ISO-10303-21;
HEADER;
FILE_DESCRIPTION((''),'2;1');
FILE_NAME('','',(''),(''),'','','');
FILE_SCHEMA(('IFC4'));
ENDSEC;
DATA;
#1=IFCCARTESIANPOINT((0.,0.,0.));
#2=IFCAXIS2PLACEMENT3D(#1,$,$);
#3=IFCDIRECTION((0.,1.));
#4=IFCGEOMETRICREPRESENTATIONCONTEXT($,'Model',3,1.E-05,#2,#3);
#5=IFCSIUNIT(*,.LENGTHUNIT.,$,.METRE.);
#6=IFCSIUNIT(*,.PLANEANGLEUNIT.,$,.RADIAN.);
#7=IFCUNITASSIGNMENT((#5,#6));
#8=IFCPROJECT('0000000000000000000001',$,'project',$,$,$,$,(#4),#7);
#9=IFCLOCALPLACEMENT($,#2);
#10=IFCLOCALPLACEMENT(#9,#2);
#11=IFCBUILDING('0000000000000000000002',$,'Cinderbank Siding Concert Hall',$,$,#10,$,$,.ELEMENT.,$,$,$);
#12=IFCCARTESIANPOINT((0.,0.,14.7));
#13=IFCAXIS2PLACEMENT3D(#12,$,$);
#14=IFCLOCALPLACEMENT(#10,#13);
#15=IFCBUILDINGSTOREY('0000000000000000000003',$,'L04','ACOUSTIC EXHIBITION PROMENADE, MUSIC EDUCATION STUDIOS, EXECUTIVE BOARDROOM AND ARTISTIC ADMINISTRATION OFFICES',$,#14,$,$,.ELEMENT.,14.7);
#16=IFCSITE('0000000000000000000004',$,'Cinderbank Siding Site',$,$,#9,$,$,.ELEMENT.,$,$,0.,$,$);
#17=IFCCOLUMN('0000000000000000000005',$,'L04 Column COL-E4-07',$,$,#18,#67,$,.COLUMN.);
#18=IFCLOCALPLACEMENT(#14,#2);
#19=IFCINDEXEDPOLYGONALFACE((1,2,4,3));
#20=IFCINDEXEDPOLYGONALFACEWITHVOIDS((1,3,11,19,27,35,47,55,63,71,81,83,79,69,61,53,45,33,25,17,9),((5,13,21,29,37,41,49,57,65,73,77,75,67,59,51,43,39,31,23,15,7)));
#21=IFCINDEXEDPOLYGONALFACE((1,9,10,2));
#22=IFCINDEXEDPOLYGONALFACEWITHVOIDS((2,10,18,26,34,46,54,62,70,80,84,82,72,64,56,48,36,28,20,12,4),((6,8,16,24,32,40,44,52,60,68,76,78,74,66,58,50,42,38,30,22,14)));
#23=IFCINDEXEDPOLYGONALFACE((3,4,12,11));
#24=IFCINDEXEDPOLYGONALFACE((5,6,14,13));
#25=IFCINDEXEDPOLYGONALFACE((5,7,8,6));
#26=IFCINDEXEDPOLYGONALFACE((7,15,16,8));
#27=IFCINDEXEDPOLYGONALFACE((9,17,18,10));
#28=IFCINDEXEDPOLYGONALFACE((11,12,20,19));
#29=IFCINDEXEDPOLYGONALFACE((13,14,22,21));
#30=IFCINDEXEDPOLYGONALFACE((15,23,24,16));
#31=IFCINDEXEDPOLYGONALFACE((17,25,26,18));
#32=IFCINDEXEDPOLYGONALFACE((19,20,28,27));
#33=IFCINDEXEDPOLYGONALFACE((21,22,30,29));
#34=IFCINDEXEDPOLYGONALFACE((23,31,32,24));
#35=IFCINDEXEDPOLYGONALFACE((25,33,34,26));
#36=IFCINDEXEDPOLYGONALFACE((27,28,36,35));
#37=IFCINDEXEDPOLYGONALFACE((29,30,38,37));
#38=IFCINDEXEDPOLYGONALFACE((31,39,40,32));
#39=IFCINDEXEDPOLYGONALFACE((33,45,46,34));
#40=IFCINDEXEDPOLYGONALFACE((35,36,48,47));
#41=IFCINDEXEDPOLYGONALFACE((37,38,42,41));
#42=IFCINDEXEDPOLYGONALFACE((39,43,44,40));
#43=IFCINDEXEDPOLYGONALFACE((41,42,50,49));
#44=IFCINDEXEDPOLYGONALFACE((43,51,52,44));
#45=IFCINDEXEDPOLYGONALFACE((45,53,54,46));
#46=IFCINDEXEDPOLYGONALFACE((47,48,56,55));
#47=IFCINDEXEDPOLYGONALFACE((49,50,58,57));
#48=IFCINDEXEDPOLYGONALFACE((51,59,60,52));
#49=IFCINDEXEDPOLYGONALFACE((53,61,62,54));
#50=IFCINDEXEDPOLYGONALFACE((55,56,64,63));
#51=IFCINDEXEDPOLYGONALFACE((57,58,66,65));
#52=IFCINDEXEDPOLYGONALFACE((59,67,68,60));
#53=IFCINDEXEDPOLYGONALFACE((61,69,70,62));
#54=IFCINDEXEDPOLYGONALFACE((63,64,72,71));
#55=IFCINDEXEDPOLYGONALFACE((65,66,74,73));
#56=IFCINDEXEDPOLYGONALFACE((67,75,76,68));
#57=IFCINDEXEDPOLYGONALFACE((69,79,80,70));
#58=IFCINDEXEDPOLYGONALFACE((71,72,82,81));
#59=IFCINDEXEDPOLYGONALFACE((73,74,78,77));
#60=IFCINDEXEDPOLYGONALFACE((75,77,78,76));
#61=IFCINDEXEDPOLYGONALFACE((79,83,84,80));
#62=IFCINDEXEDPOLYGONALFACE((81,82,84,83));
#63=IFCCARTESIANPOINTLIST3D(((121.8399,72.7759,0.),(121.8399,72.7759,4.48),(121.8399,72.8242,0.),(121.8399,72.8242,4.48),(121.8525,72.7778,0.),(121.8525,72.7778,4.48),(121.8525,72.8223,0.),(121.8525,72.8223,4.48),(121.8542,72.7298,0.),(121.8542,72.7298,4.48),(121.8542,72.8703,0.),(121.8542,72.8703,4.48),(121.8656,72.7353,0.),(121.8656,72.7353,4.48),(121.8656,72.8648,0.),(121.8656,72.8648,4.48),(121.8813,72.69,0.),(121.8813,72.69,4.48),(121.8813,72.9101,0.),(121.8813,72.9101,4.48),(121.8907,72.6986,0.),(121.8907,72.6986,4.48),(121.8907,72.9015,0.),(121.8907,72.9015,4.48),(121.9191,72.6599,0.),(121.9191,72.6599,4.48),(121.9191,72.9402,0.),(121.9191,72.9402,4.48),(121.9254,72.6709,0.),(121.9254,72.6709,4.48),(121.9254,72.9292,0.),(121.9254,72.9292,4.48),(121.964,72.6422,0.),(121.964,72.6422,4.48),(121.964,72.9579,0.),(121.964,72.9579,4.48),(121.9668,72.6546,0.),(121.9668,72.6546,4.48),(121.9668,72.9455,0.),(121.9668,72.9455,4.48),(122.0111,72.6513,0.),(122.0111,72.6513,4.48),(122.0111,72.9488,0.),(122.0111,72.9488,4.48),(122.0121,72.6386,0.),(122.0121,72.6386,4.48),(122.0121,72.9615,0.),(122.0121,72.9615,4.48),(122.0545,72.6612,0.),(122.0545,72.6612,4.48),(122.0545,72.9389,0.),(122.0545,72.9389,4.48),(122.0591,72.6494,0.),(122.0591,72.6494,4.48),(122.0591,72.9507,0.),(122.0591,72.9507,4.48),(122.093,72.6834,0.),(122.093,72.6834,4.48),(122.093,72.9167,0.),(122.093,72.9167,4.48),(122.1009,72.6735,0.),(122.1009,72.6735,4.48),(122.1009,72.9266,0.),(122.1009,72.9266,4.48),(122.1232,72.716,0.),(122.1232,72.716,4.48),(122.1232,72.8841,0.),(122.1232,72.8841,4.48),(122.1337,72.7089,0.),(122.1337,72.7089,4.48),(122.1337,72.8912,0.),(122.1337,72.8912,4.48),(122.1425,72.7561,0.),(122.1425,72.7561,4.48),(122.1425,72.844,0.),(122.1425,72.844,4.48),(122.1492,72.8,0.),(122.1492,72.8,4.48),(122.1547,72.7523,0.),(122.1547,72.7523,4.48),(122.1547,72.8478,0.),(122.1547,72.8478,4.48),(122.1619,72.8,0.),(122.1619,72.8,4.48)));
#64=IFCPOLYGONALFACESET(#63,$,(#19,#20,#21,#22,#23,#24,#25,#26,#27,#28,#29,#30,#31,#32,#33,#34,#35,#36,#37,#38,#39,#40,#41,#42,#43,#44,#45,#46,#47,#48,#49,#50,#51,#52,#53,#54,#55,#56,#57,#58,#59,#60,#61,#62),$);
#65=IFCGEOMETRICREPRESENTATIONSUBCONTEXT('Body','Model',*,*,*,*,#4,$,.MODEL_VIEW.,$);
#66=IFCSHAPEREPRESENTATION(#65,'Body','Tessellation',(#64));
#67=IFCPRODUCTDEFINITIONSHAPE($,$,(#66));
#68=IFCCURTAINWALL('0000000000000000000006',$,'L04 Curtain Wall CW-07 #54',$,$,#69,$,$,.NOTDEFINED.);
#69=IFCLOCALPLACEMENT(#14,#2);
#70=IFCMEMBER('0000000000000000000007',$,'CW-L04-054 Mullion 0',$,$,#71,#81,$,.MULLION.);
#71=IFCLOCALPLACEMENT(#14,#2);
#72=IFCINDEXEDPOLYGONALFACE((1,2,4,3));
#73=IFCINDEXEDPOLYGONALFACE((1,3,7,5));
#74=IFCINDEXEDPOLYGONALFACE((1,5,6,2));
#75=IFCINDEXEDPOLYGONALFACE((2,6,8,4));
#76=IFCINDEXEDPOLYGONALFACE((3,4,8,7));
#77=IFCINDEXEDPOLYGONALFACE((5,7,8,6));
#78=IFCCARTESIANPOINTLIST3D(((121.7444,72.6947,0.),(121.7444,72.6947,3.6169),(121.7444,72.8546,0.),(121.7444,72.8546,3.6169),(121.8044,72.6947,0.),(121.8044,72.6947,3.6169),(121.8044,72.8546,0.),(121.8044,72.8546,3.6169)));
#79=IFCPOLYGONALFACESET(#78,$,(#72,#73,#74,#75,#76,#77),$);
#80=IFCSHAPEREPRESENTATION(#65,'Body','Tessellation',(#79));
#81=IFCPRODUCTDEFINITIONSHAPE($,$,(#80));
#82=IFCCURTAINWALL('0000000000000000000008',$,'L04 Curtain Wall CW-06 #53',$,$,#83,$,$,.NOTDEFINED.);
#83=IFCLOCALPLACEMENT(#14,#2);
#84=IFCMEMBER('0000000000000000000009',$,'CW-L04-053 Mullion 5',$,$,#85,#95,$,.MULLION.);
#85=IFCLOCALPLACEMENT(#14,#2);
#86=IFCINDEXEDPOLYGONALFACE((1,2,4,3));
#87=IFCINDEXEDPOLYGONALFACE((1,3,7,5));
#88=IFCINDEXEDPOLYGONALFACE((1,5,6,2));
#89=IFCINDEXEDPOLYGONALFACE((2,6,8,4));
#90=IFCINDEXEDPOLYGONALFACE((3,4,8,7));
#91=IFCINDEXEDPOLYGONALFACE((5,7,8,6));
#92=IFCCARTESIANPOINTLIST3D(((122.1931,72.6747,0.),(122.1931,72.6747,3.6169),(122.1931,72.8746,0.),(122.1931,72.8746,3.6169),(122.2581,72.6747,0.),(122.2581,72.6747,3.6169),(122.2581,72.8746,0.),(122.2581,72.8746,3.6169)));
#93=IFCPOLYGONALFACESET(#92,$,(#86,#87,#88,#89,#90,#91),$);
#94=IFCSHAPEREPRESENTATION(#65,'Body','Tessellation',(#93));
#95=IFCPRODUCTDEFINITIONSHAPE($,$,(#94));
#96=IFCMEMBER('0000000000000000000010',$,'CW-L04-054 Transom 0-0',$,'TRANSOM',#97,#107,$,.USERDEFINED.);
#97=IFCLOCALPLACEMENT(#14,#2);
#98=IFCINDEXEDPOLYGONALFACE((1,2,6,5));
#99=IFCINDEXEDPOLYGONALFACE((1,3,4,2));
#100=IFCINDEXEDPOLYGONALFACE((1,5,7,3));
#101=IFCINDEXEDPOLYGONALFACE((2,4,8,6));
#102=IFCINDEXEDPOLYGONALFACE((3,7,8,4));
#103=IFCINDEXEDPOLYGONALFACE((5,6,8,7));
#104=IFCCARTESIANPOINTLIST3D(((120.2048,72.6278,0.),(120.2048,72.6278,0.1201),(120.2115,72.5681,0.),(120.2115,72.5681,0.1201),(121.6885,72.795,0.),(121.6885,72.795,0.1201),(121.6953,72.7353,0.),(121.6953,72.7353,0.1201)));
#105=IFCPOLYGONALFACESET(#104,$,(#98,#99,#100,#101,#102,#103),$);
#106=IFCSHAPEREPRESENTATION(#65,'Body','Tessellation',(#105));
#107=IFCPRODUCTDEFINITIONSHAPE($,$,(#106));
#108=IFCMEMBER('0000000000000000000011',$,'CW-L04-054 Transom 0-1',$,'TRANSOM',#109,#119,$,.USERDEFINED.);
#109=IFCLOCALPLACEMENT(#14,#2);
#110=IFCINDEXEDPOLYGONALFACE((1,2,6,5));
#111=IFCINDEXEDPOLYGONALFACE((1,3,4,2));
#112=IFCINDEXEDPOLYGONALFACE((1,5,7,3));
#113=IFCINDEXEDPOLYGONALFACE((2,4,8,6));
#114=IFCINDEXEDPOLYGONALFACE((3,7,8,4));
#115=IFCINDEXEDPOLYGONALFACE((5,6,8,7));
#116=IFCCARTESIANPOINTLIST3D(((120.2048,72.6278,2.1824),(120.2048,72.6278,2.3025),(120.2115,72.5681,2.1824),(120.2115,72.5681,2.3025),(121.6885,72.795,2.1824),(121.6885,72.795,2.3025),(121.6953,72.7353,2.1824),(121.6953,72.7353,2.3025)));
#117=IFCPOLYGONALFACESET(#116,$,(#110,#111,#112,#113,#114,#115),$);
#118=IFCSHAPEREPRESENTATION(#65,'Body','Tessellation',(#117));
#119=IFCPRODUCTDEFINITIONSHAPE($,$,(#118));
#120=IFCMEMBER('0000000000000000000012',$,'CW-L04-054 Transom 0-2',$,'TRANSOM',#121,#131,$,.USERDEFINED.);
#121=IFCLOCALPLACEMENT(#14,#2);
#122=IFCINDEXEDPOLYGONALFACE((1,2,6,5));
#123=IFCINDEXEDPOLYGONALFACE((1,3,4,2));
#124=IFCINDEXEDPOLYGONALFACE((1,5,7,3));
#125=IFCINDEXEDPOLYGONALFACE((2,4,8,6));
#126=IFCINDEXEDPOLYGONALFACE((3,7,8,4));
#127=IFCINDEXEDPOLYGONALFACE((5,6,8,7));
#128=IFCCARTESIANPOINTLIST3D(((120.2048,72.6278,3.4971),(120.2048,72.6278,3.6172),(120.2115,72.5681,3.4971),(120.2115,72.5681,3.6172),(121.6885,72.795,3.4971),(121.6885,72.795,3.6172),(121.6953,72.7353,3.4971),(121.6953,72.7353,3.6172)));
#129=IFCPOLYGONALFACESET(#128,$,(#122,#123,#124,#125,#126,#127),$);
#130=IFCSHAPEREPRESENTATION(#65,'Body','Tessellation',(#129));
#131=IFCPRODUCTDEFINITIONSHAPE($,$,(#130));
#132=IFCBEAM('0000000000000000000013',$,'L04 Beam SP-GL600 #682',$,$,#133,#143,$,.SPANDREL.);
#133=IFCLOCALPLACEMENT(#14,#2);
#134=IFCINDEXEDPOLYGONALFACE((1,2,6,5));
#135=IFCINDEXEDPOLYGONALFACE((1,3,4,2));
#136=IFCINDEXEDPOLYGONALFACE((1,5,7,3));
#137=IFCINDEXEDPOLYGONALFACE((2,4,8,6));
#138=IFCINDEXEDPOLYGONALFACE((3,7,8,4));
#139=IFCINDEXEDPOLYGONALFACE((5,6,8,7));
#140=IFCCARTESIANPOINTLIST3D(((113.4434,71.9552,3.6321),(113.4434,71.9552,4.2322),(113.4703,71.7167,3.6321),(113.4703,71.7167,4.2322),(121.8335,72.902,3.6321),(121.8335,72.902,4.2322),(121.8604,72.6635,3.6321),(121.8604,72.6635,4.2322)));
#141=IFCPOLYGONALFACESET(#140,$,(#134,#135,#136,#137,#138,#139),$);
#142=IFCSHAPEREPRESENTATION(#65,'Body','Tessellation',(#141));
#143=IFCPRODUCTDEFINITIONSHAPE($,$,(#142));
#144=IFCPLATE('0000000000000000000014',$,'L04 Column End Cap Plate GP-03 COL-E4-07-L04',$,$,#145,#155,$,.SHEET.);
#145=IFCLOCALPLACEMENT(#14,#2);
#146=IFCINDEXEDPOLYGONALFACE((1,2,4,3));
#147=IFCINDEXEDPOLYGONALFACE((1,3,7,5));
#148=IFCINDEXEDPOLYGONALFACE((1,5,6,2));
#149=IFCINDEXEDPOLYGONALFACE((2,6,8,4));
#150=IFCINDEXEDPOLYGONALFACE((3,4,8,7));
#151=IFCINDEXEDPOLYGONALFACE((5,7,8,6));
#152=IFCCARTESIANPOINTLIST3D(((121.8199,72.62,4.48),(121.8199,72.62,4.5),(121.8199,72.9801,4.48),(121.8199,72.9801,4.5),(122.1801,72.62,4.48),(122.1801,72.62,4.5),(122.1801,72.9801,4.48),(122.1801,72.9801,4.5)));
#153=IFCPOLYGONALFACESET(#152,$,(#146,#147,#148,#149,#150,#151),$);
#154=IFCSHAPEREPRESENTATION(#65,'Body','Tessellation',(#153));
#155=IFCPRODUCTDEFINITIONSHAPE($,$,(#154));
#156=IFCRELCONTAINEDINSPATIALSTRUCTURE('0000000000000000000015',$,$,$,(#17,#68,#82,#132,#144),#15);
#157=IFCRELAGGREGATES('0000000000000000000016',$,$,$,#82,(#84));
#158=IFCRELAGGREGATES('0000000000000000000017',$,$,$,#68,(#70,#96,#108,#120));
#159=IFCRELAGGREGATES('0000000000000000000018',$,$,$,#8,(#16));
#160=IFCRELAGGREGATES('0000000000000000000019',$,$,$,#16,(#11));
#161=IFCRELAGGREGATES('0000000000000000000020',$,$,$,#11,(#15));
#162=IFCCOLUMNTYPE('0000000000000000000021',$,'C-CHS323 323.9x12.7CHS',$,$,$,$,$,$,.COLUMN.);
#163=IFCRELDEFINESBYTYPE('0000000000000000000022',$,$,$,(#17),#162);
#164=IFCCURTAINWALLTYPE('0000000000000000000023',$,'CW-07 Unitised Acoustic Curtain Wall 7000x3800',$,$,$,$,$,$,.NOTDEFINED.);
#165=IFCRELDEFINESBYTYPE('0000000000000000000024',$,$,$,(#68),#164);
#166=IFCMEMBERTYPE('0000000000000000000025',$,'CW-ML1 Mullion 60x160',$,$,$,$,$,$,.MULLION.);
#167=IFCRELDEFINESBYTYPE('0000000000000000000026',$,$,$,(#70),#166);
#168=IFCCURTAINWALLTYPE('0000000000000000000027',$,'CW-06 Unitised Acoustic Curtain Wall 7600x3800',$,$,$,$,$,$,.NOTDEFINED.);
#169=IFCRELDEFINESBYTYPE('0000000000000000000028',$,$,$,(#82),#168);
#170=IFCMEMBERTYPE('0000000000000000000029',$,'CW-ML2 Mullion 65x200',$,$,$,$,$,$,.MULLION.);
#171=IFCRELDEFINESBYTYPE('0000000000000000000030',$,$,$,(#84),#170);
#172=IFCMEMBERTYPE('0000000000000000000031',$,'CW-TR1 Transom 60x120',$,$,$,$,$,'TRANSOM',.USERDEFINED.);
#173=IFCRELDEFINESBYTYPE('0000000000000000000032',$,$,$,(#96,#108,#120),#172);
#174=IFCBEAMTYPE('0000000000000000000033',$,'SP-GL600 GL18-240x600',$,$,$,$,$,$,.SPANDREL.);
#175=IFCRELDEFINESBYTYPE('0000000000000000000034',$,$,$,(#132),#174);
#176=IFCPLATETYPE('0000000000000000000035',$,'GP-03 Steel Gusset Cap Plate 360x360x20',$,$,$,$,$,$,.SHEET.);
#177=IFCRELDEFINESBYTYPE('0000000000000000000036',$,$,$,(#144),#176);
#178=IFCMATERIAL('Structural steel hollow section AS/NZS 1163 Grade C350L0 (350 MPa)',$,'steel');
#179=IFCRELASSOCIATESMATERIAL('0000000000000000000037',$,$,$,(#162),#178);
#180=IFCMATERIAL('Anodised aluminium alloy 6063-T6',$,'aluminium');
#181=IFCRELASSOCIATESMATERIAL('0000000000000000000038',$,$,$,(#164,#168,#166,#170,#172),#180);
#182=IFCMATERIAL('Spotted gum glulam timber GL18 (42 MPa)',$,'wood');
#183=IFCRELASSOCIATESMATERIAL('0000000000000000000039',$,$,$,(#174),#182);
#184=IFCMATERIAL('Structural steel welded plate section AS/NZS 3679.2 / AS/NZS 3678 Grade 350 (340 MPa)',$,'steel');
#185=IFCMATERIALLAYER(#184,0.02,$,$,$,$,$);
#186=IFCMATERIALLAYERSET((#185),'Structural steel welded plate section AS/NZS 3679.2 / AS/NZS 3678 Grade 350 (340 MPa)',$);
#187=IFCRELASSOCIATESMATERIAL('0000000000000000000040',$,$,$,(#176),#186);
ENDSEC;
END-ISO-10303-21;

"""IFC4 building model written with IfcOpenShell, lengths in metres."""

from ifc_helpers import new_model, si_unit, direction, frame, origin, origin_2d, place, context, subcontext, project, spatial, rectangle, hollow_circle, extrude, material, layer, layer_set, material_profile, profile_set, type_object, element, aggregate, save


model = new_model("IFC4")

# Units and contexts
model_context = context("Model", 3, precision=1e-05, world=origin(), true_north=direction((0.0, 1.0)))
body_context = subcontext(model_context, "Body", "Model", "MODEL_VIEW")
ifc_project = project(units=[si_unit("LENGTHUNIT", "METRE"), si_unit("PLANEANGLEUNIT", "RADIAN")], contexts=[model_context])

# Site, building, storey
site_placement = place(None, origin())
site = spatial("IfcSite", under=ifc_project, at=site_placement, Name="Cinderbank Siding Site", CompositionType="ELEMENT", RefElevation=0.0)
building_placement = place(site_placement, origin())
building = spatial("IfcBuilding", under=site, at=building_placement, Name="Cinderbank Siding Concert Hall", CompositionType="ELEMENT")
storey_placement = place(building_placement, frame((0.0, 0.0, 14.7)))
storey = spatial("IfcBuildingStorey", under=building, at=storey_placement, Name="L04", Description="ACOUSTIC EXHIBITION PROMENADE, MUSIC EDUCATION STUDIOS, EXECUTIVE BOARDROOM AND ARTISTIC ADMINISTRATION OFFICES", CompositionType="ELEMENT", Elevation=14.7)

# Column
ifc_material_1 = material(Name="Structural steel hollow section AS/NZS 1163 Grade C350L0 (350 MPa)", Category="steel")
ifc_material_profile_1 = material_profile(ifc_material_1, hollow_circle(Radius=0.1619, WallThickness=0.0127, at=origin_2d()), Name="323.9x12.7CHS", Category="LoadBearing")
ifc_profile_set_1 = profile_set([ifc_material_profile_1], Name="Structural steel hollow section AS/NZS 1163 Grade C350L0 (350 MPa)")
column_type = type_object("IfcColumnType", Name="C-CHS323 323.9x12.7CHS", PredefinedType="COLUMN", material=ifc_profile_set_1)
column_placement = place(storey_placement, frame((122.0, 72.8, 0.0), z_axis=(0.0, 0.0, 1.0), x_axis=(1.0, 0.0, 0.0)))
element("IfcColumn", 1, at=column_placement, inside=storey, type_object=column_type, Name="L04 Column COL-E4-07", PredefinedType="COLUMN", context=body_context, shape_type="SweptSolid", body=[
    extrude(hollow_circle(Radius=0.1619, WallThickness=0.0127, at=origin_2d()), origin(), (0.0, 0.0, 1.0), 4.48),
])

# Curtain walls, members
ifc_material_2 = material(Name="Anodised aluminium alloy 6063-T6", Category="aluminium")
curtain_wall_type_1 = type_object("IfcCurtainWallType", Name="CW-07 Unitised Acoustic Curtain Wall 7000x3800", PredefinedType="NOTDEFINED", material=ifc_material_2)
curtain_wall_1_placement = place(storey_placement, origin())
curtain_wall_1 = element("IfcCurtainWall", 2, at=curtain_wall_1_placement, inside=storey, type_object=curtain_wall_type_1, Name="L04 Curtain Wall CW-07 #54", PredefinedType="NOTDEFINED")
ifc_material_profile_2 = material_profile(ifc_material_2, rectangle(XDim=0.0601, YDim=0.1599, at=origin_2d()), Name="ALU-MULL-60x160", Category="LoadBearing")
ifc_profile_set_2 = profile_set([ifc_material_profile_2], Name="Anodised aluminium alloy 6063-T6")
member_type_1 = type_object("IfcMemberType", Name="CW-ML1 Mullion 60x160", PredefinedType="MULLION", material=ifc_profile_set_2)
member_1_placement = place(storey_placement, frame((121.7744, 72.7747, 0.0), z_axis=(0.0, 0.0, 1.0), x_axis=(1.0, 0.0, 0.0)))
member_1 = element("IfcMember", 3, at=member_1_placement, type_object=member_type_1, Name="CW-L04-054 Mullion 0", PredefinedType="MULLION", context=body_context, shape_type="SweptSolid", body=[
    extrude(rectangle(XDim=0.0601, YDim=0.1599, at=origin_2d()), origin(), (0.0, 0.0, 1.0), 3.6169),
])
curtain_wall_type_2 = type_object("IfcCurtainWallType", Name="CW-06 Unitised Acoustic Curtain Wall 7600x3800", PredefinedType="NOTDEFINED", material=ifc_material_2)
curtain_wall_2_placement = place(storey_placement, origin())
curtain_wall_2 = element("IfcCurtainWall", 4, at=curtain_wall_2_placement, inside=storey, type_object=curtain_wall_type_2, Name="L04 Curtain Wall CW-06 #53", PredefinedType="NOTDEFINED")
ifc_material_profile_3 = material_profile(ifc_material_2, rectangle(XDim=0.0649, YDim=0.2, at=origin_2d()), Name="ALU-MULL-65x200", Category="LoadBearing")
ifc_profile_set_3 = profile_set([ifc_material_profile_3], Name="Anodised aluminium alloy 6063-T6")
member_type_2 = type_object("IfcMemberType", Name="CW-ML2 Mullion 65x200", PredefinedType="MULLION", material=ifc_profile_set_3)
member_2_placement = place(storey_placement, frame((122.2256, 72.7747, 0.0), z_axis=(0.0, 0.0, 1.0), x_axis=(1.0, 0.0, 0.0)))
member_2 = element("IfcMember", 5, at=member_2_placement, type_object=member_type_2, Name="CW-L04-053 Mullion 5", PredefinedType="MULLION", context=body_context, shape_type="SweptSolid", body=[
    extrude(rectangle(XDim=0.0649, YDim=0.2, at=origin_2d()), origin(), (0.0, 0.0, 1.0), 3.6169),
])
aggregate(curtain_wall_2, [member_2])

# Members
ifc_material_profile_4 = material_profile(ifc_material_2, rectangle(XDim=0.0601, YDim=0.1201, at=origin_2d()), Name="ALU-TRAN-60x120", Category="LoadBearing")
ifc_profile_set_4 = profile_set([ifc_material_profile_4], Name="Anodised aluminium alloy 6063-T6")
member_type_3 = type_object("IfcMemberType", Name="CW-TR1 Transom 60x120", ElementType="TRANSOM", PredefinedType="USERDEFINED", material=ifc_profile_set_4)
member_3_placement = place(storey_placement, frame((121.6919, 72.7651, 0.0601), z_axis=(-0.993709, -0.111993, 0.0), x_axis=(0.111993, -0.993709, 0.0)))
member_3 = element("IfcMember", 6, at=member_3_placement, type_object=member_type_3, Name="CW-L04-054 Transom 0-0", ObjectType="TRANSOM", PredefinedType="USERDEFINED", context=body_context, shape_type="SweptSolid", body=[
    extrude(rectangle(XDim=0.0601, YDim=0.1201, at=origin_2d()), origin(), (0.0, 0.0, 1.0), 1.4932),
])
member_4_placement = place(storey_placement, frame((121.6919, 72.7651, 2.2424), z_axis=(-0.993709, -0.111993, 0.0), x_axis=(0.111993, -0.993709, 0.0)))
member_4 = element("IfcMember", 7, at=member_4_placement, type_object=member_type_3, Name="CW-L04-054 Transom 0-1", ObjectType="TRANSOM", PredefinedType="USERDEFINED", context=body_context, shape_type="SweptSolid", body=[
    extrude(rectangle(XDim=0.0601, YDim=0.1201, at=origin_2d()), origin(), (0.0, 0.0, 1.0), 1.4932),
])
member_5_placement = place(storey_placement, frame((121.6919, 72.7651, 3.5571), z_axis=(-0.993709, -0.111993, 0.0), x_axis=(0.111993, -0.993709, 0.0)))
member_5 = element("IfcMember", 8, at=member_5_placement, type_object=member_type_3, Name="CW-L04-054 Transom 0-2", ObjectType="TRANSOM", PredefinedType="USERDEFINED", context=body_context, shape_type="SweptSolid", body=[
    extrude(rectangle(XDim=0.0601, YDim=0.1201, at=origin_2d()), origin(), (0.0, 0.0, 1.0), 1.4932),
])
aggregate(curtain_wall_1, [member_1, member_3, member_4, member_5])

# Beam
ifc_material_3 = material(Name="Spotted gum glulam timber GL18 (42 MPa)", Category="wood")
ifc_material_profile_5 = material_profile(ifc_material_3, rectangle(XDim=0.24, YDim=0.6001, at=origin_2d()), Name="GL18-240x600", Category="LoadBearing")
ifc_profile_set_5 = profile_set([ifc_material_profile_5], Name="Spotted gum glulam timber GL18 (42 MPa)")
beam_type = type_object("IfcBeamType", Name="SP-GL600 GL18-240x600", PredefinedType="SPANDREL", material=ifc_profile_set_5)
beam_placement = place(storey_placement, frame((121.8469, 72.7827, 3.9321), z_axis=(-0.993693, -0.112132, 0.0), x_axis=(0.112132, -0.993693, 0.0)))
element("IfcBeam", 9, at=beam_placement, inside=storey, type_object=beam_type, Name="L04 Beam SP-GL600 #682", PredefinedType="SPANDREL", context=body_context, shape_type="SweptSolid", body=[
    extrude(rectangle(XDim=0.24, YDim=0.6001, at=origin_2d()), origin(), (0.0, 0.0, 1.0), 8.4434),
])

# Plate
ifc_material_4 = material(Name="Structural steel welded plate section AS/NZS 3679.2 / AS/NZS 3678 Grade 350 (340 MPa)", Category="steel")
ifc_layer_1 = layer(ifc_material_4, 0.02)
ifc_layer_set_1 = layer_set([ifc_layer_1], Name="Structural steel welded plate section AS/NZS 3679.2 / AS/NZS 3678 Grade 350 (340 MPa)")
plate_type = type_object("IfcPlateType", Name="GP-03 Steel Gusset Cap Plate 360x360x20", PredefinedType="SHEET", material=ifc_layer_set_1)
plate_placement = place(storey_placement, frame((122.0, 72.8, 4.48), z_axis=(0.0, 0.0, 1.0), x_axis=(1.0, 0.0, 0.0)))
element("IfcPlate", 10, at=plate_placement, inside=storey, type_object=plate_type, Name="L04 Column End Cap Plate GP-03 COL-E4-07-L04", PredefinedType="SHEET", context=body_context, shape_type="SweptSolid", body=[
    extrude(rectangle(XDim=0.3601, YDim=0.3601, at=origin_2d()), origin(), (0.0, 0.0, 1.0), 0.02),
])

save(model, "model.ifc")
